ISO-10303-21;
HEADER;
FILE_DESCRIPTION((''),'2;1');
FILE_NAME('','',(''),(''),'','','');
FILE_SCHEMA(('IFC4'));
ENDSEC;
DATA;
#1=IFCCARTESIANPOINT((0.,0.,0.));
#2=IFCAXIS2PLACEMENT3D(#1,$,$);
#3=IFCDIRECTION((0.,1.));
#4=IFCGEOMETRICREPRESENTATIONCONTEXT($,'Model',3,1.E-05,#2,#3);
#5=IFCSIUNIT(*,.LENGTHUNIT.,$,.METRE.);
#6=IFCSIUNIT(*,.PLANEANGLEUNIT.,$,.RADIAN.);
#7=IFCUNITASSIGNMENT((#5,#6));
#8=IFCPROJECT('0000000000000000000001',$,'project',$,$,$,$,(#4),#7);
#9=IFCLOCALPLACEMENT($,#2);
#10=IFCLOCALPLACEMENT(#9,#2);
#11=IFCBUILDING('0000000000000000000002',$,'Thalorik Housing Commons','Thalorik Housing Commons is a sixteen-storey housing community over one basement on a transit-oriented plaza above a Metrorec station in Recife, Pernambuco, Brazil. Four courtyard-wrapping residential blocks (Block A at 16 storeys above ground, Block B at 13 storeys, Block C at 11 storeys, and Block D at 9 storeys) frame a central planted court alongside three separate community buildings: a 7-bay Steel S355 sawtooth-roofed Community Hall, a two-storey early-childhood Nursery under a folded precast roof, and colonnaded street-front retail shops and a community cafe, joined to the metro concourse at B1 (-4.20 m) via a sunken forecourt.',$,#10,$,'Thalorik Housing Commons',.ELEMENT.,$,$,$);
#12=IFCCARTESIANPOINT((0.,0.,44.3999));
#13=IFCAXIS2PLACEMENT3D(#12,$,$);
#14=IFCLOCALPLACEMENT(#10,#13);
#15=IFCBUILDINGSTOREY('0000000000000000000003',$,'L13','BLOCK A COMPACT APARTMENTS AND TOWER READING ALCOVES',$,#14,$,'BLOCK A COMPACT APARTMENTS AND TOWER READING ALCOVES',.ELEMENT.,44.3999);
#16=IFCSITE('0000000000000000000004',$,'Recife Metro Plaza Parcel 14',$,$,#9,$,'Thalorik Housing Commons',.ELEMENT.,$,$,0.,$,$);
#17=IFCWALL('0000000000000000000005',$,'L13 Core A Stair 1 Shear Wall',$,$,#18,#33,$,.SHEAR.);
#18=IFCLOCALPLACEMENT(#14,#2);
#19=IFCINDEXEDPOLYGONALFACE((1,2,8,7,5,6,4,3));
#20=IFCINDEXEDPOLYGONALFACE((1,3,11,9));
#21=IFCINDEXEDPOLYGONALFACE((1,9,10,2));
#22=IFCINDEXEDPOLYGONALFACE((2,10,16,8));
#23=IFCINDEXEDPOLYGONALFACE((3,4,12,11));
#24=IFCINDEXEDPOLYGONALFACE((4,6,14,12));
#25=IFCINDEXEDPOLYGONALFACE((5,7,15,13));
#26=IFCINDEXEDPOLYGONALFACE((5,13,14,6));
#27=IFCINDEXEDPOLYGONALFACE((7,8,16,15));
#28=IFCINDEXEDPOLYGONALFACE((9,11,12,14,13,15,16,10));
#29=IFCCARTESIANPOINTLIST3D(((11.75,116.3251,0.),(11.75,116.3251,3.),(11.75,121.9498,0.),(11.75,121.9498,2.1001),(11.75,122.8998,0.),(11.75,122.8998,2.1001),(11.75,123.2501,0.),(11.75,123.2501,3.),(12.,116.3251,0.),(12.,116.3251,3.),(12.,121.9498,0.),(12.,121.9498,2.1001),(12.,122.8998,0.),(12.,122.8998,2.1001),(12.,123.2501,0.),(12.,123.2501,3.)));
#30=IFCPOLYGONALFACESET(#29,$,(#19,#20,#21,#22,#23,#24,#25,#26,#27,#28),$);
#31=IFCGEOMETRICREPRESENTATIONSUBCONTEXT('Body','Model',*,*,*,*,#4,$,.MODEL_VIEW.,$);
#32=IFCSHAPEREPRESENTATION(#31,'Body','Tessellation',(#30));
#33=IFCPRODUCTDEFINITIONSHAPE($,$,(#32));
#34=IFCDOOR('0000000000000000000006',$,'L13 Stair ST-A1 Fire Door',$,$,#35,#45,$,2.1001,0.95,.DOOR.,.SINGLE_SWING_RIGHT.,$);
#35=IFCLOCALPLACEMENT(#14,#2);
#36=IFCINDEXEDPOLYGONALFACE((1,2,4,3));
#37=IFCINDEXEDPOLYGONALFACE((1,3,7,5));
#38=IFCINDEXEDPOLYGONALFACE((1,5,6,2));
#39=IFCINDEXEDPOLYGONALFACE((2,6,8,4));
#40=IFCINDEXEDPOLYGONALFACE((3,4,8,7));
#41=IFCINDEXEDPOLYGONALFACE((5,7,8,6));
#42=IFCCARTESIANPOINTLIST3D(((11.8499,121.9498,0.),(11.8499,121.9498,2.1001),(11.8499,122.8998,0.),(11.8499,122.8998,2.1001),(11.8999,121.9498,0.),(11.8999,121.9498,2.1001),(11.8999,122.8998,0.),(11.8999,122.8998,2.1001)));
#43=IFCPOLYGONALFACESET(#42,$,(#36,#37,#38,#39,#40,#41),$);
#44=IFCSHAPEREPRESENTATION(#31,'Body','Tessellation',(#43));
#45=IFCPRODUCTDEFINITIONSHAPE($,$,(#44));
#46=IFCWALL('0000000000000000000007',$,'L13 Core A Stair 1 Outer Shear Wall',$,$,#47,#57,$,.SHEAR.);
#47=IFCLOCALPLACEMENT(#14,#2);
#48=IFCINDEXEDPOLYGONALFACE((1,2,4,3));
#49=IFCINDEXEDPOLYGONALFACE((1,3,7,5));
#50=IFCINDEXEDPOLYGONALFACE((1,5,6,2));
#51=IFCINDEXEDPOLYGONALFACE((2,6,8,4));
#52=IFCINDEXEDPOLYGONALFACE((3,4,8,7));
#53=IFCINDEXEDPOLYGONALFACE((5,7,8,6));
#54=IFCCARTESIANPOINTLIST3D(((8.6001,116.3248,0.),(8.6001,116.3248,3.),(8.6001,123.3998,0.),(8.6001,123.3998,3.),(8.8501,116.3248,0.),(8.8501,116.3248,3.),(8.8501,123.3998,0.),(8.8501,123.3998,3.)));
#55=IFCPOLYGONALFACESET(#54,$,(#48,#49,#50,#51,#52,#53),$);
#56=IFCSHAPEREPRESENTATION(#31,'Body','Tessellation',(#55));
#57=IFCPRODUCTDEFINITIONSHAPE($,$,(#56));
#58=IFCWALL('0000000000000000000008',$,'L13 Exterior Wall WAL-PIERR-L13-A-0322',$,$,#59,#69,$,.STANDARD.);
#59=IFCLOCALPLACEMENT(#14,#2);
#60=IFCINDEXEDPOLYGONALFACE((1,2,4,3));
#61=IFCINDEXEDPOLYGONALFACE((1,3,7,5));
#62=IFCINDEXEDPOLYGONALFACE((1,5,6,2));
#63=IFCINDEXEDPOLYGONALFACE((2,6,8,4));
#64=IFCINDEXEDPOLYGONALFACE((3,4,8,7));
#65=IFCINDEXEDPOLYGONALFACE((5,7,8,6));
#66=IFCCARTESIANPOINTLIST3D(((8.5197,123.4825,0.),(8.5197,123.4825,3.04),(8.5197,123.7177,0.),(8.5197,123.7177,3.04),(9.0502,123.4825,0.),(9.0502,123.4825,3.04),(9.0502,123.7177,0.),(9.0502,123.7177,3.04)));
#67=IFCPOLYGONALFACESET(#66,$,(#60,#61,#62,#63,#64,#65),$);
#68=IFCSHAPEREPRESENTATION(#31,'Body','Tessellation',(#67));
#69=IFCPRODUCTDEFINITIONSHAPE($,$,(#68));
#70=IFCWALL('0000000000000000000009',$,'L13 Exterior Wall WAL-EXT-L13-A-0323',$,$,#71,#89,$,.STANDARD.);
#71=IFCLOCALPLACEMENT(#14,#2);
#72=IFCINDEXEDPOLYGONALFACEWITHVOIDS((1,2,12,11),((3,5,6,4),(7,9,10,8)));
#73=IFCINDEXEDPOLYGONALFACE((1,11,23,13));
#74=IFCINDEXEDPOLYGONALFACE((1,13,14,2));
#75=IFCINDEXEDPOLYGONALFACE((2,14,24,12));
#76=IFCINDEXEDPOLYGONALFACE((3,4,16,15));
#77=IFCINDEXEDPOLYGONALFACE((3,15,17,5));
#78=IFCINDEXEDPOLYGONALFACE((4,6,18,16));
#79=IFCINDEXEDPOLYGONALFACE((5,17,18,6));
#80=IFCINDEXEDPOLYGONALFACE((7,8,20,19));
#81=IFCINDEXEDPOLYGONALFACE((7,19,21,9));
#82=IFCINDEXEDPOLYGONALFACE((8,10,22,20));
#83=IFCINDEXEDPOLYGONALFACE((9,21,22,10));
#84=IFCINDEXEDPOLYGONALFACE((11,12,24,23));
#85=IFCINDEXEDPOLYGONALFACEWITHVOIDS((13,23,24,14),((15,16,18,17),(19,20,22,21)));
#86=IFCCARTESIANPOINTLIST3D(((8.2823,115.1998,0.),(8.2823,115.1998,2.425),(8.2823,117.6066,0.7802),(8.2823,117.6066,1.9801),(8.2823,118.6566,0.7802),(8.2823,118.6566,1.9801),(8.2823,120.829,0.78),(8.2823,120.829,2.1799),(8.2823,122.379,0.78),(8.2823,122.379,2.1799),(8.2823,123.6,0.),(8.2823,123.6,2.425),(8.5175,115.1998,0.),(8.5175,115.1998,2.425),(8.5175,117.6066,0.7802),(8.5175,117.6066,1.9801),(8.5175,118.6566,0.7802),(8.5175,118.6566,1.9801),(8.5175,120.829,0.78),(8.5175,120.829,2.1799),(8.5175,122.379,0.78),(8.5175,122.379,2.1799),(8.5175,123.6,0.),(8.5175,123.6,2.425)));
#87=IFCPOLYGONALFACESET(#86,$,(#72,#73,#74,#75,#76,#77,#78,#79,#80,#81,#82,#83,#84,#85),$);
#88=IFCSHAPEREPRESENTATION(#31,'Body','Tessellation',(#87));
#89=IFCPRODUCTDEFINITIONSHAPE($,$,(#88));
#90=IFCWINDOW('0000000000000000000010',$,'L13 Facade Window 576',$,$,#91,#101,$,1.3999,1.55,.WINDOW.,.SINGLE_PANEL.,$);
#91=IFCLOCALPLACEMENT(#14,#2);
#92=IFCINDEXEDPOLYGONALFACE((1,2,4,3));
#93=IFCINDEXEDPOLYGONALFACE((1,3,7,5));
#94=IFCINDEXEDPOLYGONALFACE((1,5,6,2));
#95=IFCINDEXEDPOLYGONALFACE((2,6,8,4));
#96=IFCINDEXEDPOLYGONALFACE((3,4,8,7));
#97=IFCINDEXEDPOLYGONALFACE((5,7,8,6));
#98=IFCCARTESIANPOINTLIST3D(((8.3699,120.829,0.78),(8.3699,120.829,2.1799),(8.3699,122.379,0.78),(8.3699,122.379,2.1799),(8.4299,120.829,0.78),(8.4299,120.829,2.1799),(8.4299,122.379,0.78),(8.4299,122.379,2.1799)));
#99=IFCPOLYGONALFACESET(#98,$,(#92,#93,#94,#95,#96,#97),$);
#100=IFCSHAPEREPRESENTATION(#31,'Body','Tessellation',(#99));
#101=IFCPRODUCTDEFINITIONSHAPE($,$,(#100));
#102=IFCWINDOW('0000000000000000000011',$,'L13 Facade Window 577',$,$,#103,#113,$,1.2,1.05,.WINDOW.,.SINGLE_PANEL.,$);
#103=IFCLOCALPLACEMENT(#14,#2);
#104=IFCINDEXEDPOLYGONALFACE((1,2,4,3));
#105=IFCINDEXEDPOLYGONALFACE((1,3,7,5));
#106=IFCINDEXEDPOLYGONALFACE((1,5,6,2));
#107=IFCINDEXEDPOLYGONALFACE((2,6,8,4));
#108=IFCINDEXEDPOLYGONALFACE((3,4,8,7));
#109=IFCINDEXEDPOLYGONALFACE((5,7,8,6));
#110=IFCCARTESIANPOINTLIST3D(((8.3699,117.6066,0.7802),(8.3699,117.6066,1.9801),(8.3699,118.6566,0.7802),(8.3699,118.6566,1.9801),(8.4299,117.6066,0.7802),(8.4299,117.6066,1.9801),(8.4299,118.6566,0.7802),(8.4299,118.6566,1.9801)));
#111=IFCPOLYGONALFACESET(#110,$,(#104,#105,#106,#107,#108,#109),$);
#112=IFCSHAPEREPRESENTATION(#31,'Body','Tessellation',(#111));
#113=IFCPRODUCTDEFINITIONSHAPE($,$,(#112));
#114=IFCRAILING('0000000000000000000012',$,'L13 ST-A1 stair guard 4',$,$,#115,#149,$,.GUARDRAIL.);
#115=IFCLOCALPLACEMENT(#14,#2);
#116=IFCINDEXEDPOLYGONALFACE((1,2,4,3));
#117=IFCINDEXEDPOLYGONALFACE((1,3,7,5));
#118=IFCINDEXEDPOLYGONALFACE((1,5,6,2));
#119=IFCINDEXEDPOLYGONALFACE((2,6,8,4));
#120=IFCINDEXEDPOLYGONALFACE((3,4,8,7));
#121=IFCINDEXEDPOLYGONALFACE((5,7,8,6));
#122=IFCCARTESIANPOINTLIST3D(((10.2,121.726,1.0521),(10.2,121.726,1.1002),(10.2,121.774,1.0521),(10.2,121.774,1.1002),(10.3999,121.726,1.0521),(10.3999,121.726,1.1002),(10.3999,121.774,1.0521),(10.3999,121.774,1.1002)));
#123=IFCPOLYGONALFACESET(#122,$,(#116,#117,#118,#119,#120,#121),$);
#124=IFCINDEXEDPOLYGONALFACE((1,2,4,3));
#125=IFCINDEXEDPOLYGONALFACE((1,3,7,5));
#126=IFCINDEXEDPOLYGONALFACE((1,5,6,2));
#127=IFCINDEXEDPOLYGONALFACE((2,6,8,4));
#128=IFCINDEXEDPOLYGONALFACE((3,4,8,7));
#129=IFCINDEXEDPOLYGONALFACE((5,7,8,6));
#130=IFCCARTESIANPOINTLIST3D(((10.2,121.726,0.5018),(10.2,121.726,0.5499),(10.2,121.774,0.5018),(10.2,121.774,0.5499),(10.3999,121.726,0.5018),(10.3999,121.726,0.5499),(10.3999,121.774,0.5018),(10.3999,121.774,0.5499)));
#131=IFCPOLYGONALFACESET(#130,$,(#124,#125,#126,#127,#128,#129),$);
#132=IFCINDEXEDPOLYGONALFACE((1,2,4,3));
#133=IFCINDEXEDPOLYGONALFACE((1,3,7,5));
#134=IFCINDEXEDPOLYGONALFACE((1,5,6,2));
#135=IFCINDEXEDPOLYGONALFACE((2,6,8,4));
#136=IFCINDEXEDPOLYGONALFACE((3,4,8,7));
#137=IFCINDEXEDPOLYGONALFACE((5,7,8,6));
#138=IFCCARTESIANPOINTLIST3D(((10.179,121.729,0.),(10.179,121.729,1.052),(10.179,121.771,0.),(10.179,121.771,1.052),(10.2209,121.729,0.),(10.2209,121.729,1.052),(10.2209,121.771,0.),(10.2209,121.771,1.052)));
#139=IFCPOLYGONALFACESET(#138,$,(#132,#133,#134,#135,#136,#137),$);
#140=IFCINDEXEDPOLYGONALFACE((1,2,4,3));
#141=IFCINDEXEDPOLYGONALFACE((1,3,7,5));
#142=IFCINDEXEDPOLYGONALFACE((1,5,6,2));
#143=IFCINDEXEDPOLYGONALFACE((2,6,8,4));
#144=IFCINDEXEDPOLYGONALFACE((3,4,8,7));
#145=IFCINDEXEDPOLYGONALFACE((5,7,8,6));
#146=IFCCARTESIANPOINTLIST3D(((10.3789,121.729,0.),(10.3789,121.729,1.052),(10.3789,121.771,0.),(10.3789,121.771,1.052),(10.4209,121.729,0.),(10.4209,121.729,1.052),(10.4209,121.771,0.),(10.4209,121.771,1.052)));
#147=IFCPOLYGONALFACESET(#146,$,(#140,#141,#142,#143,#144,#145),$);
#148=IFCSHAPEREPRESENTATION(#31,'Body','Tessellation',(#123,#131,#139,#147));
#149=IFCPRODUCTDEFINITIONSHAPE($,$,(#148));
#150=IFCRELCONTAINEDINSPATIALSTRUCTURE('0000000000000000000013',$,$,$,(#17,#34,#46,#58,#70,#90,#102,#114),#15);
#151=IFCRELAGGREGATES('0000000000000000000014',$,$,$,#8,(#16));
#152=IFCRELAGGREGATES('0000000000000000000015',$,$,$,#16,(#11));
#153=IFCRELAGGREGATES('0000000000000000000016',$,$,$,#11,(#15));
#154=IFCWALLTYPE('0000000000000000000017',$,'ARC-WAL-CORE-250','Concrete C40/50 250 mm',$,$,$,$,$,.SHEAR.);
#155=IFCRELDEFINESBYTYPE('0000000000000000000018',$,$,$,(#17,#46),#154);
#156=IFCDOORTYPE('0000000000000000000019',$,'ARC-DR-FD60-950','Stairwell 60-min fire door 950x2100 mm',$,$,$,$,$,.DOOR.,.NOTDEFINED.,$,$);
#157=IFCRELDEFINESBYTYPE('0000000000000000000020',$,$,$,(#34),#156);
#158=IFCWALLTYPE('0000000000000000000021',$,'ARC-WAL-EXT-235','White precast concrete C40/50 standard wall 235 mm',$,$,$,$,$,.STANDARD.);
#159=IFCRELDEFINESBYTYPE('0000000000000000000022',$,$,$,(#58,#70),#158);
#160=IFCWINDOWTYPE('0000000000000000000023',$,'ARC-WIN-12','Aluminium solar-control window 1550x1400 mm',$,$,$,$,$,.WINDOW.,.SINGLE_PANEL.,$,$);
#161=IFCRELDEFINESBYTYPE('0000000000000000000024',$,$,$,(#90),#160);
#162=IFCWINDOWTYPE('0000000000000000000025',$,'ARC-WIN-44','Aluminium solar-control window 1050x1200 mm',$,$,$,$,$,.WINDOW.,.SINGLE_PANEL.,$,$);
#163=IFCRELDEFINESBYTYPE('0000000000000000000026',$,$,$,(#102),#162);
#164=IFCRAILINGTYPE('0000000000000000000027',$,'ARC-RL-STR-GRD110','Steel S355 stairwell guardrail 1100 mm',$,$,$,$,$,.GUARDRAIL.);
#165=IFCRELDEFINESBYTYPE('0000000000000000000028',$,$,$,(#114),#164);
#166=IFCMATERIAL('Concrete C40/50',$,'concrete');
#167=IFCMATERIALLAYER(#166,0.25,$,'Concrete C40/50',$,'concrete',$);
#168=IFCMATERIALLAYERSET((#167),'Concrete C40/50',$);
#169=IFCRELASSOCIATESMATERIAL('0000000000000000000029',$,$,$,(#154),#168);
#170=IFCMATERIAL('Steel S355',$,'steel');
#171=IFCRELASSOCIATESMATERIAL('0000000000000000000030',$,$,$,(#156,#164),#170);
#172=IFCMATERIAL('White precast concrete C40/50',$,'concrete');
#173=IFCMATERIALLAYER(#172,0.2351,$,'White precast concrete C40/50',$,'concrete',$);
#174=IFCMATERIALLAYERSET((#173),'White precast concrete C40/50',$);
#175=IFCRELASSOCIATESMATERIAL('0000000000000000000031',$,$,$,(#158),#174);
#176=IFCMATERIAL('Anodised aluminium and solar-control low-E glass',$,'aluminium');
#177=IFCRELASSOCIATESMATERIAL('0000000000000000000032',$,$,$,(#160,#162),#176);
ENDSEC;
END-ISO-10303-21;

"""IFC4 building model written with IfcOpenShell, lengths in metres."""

from ifc_helpers import new_model, si_unit, direction, frame, frame_2d, origin, origin_2d, place, context, subcontext, project, spatial, rectangle, extrude, material, layer, layer_set, type_object, element, fill, save


model = new_model("IFC4")

# Units and contexts
model_context = context("Model", 3, precision=1e-05, world=origin(), true_north=direction((0.0, 1.0)))
body_context = subcontext(model_context, "Body", "Model", "MODEL_VIEW")
ifc_project = project(units=[si_unit("LENGTHUNIT", "METRE"), si_unit("PLANEANGLEUNIT", "RADIAN")], contexts=[model_context])

# Site, building, storey
site_placement = place(None, origin())
site = spatial("IfcSite", under=ifc_project, at=site_placement, Name="Recife Metro Plaza Parcel 14", LongName="Thalorik Housing Commons", CompositionType="ELEMENT", RefElevation=0.0)
building_placement = place(site_placement, origin())
building = spatial("IfcBuilding", under=site, at=building_placement, Name="Thalorik Housing Commons", Description="Thalorik Housing Commons is a sixteen-storey housing community over one basement on a transit-oriented plaza above a Metrorec station in Recife, Pernambuco, Brazil. Four courtyard-wrapping residential blocks (Block A at 16 storeys above ground, Block B at 13 storeys, Block C at 11 storeys, and Block D at 9 storeys) frame a central planted court alongside three separate community buildings: a 7-bay Steel S355 sawtooth-roofed Community Hall, a two-storey early-childhood Nursery under a folded precast roof, and colonnaded street-front retail shops and a community cafe, joined to the metro concourse at B1 (-4.20 m) via a sunken forecourt.", LongName="Thalorik Housing Commons", CompositionType="ELEMENT")
storey_placement = place(building_placement, frame((0.0, 0.0, 44.3999)))
storey = spatial("IfcBuildingStorey", under=building, at=storey_placement, Name="L13", Description="BLOCK A COMPACT APARTMENTS AND TOWER READING ALCOVES", LongName="BLOCK A COMPACT APARTMENTS AND TOWER READING ALCOVES", CompositionType="ELEMENT", Elevation=44.3999)

# Shared definitions
ifc_material_1 = material(Name="Anodised aluminium and solar-control low-E glass", Category="aluminium")

# Wall, opening, door
ifc_material_2 = material(Name="Concrete C40/50", Category="concrete")
ifc_layer_1 = layer(ifc_material_2, 0.25, Name="Concrete C40/50", Category="concrete")
ifc_layer_set_1 = layer_set([ifc_layer_1], Name="Concrete C40/50")
wall_type_1 = type_object("IfcWallType", Name="ARC-WAL-CORE-250", Description="Concrete C40/50 250 mm", PredefinedType="SHEAR", material=ifc_layer_set_1)
wall_1_placement = place(storey_placement, frame((11.875, 123.25, 0.0), z_axis=(0.0, 0.0, 1.0), x_axis=(0.0, -1.0, 0.0)))
wall_1 = element("IfcWall", 1, at=wall_1_placement, inside=storey, type_object=wall_type_1, Name="L13 Core A Stair 1 Shear Wall", PredefinedType="SHEAR", context=body_context, shape_type="SweptSolid", body=[
    extrude(rectangle(XDim=6.925, YDim=0.25, at=frame_2d((3.4624, 0.0))), origin(), (0.0, 0.0, 1.0), 3.0),
])
opening_1_placement = place(wall_1_placement, frame((0.3501, 0.0, 0.0)))
opening_1 = element("IfcOpeningElement", 2, at=opening_1_placement, cuts=wall_1, PredefinedType="OPENING", context=body_context, shape_type="SweptSolid", body=[
    extrude(rectangle(XDim=0.95, YDim=2.1001, at=frame_2d((0.4751, 1.05))), frame((0.0, 0.135, 0.0), z_axis=(0.0, -1.0, 0.0), x_axis=(1.0, 0.0, 0.0)), (0.0, 0.0, 1.0), 0.27),
])
ifc_material_3 = material(Name="Steel S355", Category="steel")
door_type = type_object("IfcDoorType", Name="ARC-DR-FD60-950", Description="Stairwell 60-min fire door 950x2100 mm", OperationType="NOTDEFINED", PredefinedType="DOOR", material=ifc_material_3)
door_placement = place(opening_1_placement, origin())
door = element("IfcDoor", 3, at=door_placement, inside=storey, type_object=door_type, Name="L13 Stair ST-A1 Fire Door", OperationType="SINGLE_SWING_RIGHT", OverallHeight=2.1001, OverallWidth=0.95, PredefinedType="DOOR", context=body_context, shape_type="SweptSolid", body=[
    extrude(rectangle(XDim=0.95, YDim=2.1001, at=frame_2d((0.4751, 1.05))), frame((0.0, 0.0249, 0.0), z_axis=(0.0, -1.0, 0.0), x_axis=(1.0, 0.0, 0.0)), (0.0, 0.0, 1.0), 0.05),
])
fill(opening_1, door)

# Walls
wall_2_placement = place(storey_placement, frame((8.7251, 123.3999, 0.0), z_axis=(0.0, 0.0, 1.0), x_axis=(0.0, -1.0, 0.0)))
element("IfcWall", 4, at=wall_2_placement, inside=storey, type_object=wall_type_1, Name="L13 Core A Stair 1 Outer Shear Wall", PredefinedType="SHEAR", context=body_context, shape_type="SweptSolid", body=[
    extrude(rectangle(XDim=7.075, YDim=0.25, at=frame_2d((3.5376, 0.0))), origin(), (0.0, 0.0, 1.0), 3.0),
])
ifc_material_4 = material(Name="White precast concrete C40/50", Category="concrete")
ifc_layer_2 = layer(ifc_material_4, 0.2351, Name="White precast concrete C40/50", Category="concrete")
ifc_layer_set_2 = layer_set([ifc_layer_2], Name="White precast concrete C40/50")
wall_type_2 = type_object("IfcWallType", Name="ARC-WAL-EXT-235", Description="White precast concrete C40/50 standard wall 235 mm", PredefinedType="STANDARD", material=ifc_layer_set_2)
wall_3_placement = place(storey_placement, frame((9.05, 123.6001, 0.0), z_axis=(0.0, 0.0, 1.0), x_axis=(-1.0, 0.0, 0.0)))
element("IfcWall", 5, at=wall_3_placement, inside=storey, type_object=wall_type_2, Name="L13 Exterior Wall WAL-PIERR-L13-A-0322", PredefinedType="STANDARD", context=body_context, shape_type="SweptSolid", body=[
    extrude(rectangle(XDim=0.5305, YDim=0.2351, at=frame_2d((0.2651, 0.0))), origin(), (0.0, 0.0, 1.0), 3.04),
])

# Wall, openings, windows
wall_4_placement = place(storey_placement, frame((8.3999, 123.6001, 0.0), z_axis=(0.0, 0.0, 1.0), x_axis=(0.0, -1.0, 0.0)))
wall_4 = element("IfcWall", 6, at=wall_4_placement, inside=storey, type_object=wall_type_2, Name="L13 Exterior Wall WAL-EXT-L13-A-0323", PredefinedType="STANDARD", context=body_context, shape_type="SweptSolid", body=[
    extrude(rectangle(XDim=8.4001, YDim=0.2351, at=frame_2d((4.2002, 0.0))), origin(), (0.0, 0.0, 1.0), 2.425),
])
opening_2_placement = place(wall_4_placement, frame((1.2212, 0.0, 0.78)))
opening_2 = element("IfcOpeningElement", 7, at=opening_2_placement, cuts=wall_4, PredefinedType="OPENING", context=body_context, shape_type="SweptSolid", body=[
    extrude(rectangle(XDim=1.55, YDim=1.3999, at=frame_2d((0.7749, 0.7))), frame((0.0, 0.1274, 0.0), z_axis=(0.0, -1.0, 0.0), x_axis=(1.0, 0.0, 0.0)), (0.0, 0.0, 1.0), 0.2551),
])
opening_3_placement = place(wall_4_placement, frame((4.9436, 0.0, 0.78)))
opening_3 = element("IfcOpeningElement", 8, at=opening_3_placement, cuts=wall_4, PredefinedType="OPENING", context=body_context, shape_type="SweptSolid", body=[
    extrude(rectangle(XDim=1.05, YDim=1.2, at=frame_2d((0.5249, 0.6001))), frame((0.0, 0.1274, 0.0), z_axis=(0.0, -1.0, 0.0), x_axis=(1.0, 0.0, 0.0)), (0.0, 0.0, 1.0), 0.2551),
])
window_type_1 = type_object("IfcWindowType", Name="ARC-WIN-12", Description="Aluminium solar-control window 1550x1400 mm", PartitioningType="SINGLE_PANEL", PredefinedType="WINDOW", material=ifc_material_1)
window_1_placement = place(opening_2_placement, origin())
window_1 = element("IfcWindow", 9, at=window_1_placement, inside=storey, type_object=window_type_1, Name="L13 Facade Window 576", OverallHeight=1.3999, OverallWidth=1.55, PartitioningType="SINGLE_PANEL", PredefinedType="WINDOW", context=body_context, shape_type="SweptSolid", body=[
    extrude(rectangle(XDim=1.55, YDim=1.3999, at=frame_2d((0.7749, 0.7))), frame((0.0, 0.03, 0.0), z_axis=(0.0, -1.0, 0.0), x_axis=(1.0, 0.0, 0.0)), (0.0, 0.0, 1.0), 0.0601),
])
fill(opening_2, window_1)
window_type_2 = type_object("IfcWindowType", Name="ARC-WIN-44", Description="Aluminium solar-control window 1050x1200 mm", PartitioningType="SINGLE_PANEL", PredefinedType="WINDOW", material=ifc_material_1)
window_2_placement = place(opening_3_placement, origin())
window_2 = element("IfcWindow", 10, at=window_2_placement, inside=storey, type_object=window_type_2, Name="L13 Facade Window 577", OverallHeight=1.2, OverallWidth=1.05, PartitioningType="SINGLE_PANEL", PredefinedType="WINDOW", context=body_context, shape_type="SweptSolid", body=[
    extrude(rectangle(XDim=1.05, YDim=1.2, at=frame_2d((0.5249, 0.6001))), frame((0.0, 0.03, 0.0), z_axis=(0.0, -1.0, 0.0), x_axis=(1.0, 0.0, 0.0)), (0.0, 0.0, 1.0), 0.0601),
])
fill(opening_3, window_2)

# Railing
railing_type = type_object("IfcRailingType", Name="ARC-RL-STR-GRD110", Description="Steel S355 stairwell guardrail 1100 mm", PredefinedType="GUARDRAIL", material=ifc_material_3)
railing_placement = place(storey_placement, frame((10.2, 121.75, 0.0)))
element("IfcRailing", 11, at=railing_placement, inside=storey, type_object=railing_type, Name="L13 ST-A1 stair guard 4", PredefinedType="GUARDRAIL", context=body_context, shape_type="SweptSolid", body=[
    extrude(rectangle(XDim=0.0481, YDim=0.0481, at=origin_2d()), frame((0.0, 0.0, 1.0762), z_axis=(1.0, 0.0, 0.0), x_axis=(0.0, 1.0, 0.0)), (0.0, 0.0, 1.0), 0.2),
    extrude(rectangle(XDim=0.0481, YDim=0.0481, at=origin_2d()), frame((0.0, 0.0, 0.5259), z_axis=(1.0, 0.0, 0.0), x_axis=(0.0, 1.0, 0.0)), (0.0, 0.0, 1.0), 0.2),
    extrude(rectangle(XDim=0.042, YDim=0.042, at=origin_2d()), origin(), (0.0, 0.0, 1.0), 1.052),
    extrude(rectangle(XDim=0.042, YDim=0.042, at=origin_2d()), frame((0.2, 0.0, 0.0)), (0.0, 0.0, 1.0), 1.052),
])

save(model, "model.ifc")
